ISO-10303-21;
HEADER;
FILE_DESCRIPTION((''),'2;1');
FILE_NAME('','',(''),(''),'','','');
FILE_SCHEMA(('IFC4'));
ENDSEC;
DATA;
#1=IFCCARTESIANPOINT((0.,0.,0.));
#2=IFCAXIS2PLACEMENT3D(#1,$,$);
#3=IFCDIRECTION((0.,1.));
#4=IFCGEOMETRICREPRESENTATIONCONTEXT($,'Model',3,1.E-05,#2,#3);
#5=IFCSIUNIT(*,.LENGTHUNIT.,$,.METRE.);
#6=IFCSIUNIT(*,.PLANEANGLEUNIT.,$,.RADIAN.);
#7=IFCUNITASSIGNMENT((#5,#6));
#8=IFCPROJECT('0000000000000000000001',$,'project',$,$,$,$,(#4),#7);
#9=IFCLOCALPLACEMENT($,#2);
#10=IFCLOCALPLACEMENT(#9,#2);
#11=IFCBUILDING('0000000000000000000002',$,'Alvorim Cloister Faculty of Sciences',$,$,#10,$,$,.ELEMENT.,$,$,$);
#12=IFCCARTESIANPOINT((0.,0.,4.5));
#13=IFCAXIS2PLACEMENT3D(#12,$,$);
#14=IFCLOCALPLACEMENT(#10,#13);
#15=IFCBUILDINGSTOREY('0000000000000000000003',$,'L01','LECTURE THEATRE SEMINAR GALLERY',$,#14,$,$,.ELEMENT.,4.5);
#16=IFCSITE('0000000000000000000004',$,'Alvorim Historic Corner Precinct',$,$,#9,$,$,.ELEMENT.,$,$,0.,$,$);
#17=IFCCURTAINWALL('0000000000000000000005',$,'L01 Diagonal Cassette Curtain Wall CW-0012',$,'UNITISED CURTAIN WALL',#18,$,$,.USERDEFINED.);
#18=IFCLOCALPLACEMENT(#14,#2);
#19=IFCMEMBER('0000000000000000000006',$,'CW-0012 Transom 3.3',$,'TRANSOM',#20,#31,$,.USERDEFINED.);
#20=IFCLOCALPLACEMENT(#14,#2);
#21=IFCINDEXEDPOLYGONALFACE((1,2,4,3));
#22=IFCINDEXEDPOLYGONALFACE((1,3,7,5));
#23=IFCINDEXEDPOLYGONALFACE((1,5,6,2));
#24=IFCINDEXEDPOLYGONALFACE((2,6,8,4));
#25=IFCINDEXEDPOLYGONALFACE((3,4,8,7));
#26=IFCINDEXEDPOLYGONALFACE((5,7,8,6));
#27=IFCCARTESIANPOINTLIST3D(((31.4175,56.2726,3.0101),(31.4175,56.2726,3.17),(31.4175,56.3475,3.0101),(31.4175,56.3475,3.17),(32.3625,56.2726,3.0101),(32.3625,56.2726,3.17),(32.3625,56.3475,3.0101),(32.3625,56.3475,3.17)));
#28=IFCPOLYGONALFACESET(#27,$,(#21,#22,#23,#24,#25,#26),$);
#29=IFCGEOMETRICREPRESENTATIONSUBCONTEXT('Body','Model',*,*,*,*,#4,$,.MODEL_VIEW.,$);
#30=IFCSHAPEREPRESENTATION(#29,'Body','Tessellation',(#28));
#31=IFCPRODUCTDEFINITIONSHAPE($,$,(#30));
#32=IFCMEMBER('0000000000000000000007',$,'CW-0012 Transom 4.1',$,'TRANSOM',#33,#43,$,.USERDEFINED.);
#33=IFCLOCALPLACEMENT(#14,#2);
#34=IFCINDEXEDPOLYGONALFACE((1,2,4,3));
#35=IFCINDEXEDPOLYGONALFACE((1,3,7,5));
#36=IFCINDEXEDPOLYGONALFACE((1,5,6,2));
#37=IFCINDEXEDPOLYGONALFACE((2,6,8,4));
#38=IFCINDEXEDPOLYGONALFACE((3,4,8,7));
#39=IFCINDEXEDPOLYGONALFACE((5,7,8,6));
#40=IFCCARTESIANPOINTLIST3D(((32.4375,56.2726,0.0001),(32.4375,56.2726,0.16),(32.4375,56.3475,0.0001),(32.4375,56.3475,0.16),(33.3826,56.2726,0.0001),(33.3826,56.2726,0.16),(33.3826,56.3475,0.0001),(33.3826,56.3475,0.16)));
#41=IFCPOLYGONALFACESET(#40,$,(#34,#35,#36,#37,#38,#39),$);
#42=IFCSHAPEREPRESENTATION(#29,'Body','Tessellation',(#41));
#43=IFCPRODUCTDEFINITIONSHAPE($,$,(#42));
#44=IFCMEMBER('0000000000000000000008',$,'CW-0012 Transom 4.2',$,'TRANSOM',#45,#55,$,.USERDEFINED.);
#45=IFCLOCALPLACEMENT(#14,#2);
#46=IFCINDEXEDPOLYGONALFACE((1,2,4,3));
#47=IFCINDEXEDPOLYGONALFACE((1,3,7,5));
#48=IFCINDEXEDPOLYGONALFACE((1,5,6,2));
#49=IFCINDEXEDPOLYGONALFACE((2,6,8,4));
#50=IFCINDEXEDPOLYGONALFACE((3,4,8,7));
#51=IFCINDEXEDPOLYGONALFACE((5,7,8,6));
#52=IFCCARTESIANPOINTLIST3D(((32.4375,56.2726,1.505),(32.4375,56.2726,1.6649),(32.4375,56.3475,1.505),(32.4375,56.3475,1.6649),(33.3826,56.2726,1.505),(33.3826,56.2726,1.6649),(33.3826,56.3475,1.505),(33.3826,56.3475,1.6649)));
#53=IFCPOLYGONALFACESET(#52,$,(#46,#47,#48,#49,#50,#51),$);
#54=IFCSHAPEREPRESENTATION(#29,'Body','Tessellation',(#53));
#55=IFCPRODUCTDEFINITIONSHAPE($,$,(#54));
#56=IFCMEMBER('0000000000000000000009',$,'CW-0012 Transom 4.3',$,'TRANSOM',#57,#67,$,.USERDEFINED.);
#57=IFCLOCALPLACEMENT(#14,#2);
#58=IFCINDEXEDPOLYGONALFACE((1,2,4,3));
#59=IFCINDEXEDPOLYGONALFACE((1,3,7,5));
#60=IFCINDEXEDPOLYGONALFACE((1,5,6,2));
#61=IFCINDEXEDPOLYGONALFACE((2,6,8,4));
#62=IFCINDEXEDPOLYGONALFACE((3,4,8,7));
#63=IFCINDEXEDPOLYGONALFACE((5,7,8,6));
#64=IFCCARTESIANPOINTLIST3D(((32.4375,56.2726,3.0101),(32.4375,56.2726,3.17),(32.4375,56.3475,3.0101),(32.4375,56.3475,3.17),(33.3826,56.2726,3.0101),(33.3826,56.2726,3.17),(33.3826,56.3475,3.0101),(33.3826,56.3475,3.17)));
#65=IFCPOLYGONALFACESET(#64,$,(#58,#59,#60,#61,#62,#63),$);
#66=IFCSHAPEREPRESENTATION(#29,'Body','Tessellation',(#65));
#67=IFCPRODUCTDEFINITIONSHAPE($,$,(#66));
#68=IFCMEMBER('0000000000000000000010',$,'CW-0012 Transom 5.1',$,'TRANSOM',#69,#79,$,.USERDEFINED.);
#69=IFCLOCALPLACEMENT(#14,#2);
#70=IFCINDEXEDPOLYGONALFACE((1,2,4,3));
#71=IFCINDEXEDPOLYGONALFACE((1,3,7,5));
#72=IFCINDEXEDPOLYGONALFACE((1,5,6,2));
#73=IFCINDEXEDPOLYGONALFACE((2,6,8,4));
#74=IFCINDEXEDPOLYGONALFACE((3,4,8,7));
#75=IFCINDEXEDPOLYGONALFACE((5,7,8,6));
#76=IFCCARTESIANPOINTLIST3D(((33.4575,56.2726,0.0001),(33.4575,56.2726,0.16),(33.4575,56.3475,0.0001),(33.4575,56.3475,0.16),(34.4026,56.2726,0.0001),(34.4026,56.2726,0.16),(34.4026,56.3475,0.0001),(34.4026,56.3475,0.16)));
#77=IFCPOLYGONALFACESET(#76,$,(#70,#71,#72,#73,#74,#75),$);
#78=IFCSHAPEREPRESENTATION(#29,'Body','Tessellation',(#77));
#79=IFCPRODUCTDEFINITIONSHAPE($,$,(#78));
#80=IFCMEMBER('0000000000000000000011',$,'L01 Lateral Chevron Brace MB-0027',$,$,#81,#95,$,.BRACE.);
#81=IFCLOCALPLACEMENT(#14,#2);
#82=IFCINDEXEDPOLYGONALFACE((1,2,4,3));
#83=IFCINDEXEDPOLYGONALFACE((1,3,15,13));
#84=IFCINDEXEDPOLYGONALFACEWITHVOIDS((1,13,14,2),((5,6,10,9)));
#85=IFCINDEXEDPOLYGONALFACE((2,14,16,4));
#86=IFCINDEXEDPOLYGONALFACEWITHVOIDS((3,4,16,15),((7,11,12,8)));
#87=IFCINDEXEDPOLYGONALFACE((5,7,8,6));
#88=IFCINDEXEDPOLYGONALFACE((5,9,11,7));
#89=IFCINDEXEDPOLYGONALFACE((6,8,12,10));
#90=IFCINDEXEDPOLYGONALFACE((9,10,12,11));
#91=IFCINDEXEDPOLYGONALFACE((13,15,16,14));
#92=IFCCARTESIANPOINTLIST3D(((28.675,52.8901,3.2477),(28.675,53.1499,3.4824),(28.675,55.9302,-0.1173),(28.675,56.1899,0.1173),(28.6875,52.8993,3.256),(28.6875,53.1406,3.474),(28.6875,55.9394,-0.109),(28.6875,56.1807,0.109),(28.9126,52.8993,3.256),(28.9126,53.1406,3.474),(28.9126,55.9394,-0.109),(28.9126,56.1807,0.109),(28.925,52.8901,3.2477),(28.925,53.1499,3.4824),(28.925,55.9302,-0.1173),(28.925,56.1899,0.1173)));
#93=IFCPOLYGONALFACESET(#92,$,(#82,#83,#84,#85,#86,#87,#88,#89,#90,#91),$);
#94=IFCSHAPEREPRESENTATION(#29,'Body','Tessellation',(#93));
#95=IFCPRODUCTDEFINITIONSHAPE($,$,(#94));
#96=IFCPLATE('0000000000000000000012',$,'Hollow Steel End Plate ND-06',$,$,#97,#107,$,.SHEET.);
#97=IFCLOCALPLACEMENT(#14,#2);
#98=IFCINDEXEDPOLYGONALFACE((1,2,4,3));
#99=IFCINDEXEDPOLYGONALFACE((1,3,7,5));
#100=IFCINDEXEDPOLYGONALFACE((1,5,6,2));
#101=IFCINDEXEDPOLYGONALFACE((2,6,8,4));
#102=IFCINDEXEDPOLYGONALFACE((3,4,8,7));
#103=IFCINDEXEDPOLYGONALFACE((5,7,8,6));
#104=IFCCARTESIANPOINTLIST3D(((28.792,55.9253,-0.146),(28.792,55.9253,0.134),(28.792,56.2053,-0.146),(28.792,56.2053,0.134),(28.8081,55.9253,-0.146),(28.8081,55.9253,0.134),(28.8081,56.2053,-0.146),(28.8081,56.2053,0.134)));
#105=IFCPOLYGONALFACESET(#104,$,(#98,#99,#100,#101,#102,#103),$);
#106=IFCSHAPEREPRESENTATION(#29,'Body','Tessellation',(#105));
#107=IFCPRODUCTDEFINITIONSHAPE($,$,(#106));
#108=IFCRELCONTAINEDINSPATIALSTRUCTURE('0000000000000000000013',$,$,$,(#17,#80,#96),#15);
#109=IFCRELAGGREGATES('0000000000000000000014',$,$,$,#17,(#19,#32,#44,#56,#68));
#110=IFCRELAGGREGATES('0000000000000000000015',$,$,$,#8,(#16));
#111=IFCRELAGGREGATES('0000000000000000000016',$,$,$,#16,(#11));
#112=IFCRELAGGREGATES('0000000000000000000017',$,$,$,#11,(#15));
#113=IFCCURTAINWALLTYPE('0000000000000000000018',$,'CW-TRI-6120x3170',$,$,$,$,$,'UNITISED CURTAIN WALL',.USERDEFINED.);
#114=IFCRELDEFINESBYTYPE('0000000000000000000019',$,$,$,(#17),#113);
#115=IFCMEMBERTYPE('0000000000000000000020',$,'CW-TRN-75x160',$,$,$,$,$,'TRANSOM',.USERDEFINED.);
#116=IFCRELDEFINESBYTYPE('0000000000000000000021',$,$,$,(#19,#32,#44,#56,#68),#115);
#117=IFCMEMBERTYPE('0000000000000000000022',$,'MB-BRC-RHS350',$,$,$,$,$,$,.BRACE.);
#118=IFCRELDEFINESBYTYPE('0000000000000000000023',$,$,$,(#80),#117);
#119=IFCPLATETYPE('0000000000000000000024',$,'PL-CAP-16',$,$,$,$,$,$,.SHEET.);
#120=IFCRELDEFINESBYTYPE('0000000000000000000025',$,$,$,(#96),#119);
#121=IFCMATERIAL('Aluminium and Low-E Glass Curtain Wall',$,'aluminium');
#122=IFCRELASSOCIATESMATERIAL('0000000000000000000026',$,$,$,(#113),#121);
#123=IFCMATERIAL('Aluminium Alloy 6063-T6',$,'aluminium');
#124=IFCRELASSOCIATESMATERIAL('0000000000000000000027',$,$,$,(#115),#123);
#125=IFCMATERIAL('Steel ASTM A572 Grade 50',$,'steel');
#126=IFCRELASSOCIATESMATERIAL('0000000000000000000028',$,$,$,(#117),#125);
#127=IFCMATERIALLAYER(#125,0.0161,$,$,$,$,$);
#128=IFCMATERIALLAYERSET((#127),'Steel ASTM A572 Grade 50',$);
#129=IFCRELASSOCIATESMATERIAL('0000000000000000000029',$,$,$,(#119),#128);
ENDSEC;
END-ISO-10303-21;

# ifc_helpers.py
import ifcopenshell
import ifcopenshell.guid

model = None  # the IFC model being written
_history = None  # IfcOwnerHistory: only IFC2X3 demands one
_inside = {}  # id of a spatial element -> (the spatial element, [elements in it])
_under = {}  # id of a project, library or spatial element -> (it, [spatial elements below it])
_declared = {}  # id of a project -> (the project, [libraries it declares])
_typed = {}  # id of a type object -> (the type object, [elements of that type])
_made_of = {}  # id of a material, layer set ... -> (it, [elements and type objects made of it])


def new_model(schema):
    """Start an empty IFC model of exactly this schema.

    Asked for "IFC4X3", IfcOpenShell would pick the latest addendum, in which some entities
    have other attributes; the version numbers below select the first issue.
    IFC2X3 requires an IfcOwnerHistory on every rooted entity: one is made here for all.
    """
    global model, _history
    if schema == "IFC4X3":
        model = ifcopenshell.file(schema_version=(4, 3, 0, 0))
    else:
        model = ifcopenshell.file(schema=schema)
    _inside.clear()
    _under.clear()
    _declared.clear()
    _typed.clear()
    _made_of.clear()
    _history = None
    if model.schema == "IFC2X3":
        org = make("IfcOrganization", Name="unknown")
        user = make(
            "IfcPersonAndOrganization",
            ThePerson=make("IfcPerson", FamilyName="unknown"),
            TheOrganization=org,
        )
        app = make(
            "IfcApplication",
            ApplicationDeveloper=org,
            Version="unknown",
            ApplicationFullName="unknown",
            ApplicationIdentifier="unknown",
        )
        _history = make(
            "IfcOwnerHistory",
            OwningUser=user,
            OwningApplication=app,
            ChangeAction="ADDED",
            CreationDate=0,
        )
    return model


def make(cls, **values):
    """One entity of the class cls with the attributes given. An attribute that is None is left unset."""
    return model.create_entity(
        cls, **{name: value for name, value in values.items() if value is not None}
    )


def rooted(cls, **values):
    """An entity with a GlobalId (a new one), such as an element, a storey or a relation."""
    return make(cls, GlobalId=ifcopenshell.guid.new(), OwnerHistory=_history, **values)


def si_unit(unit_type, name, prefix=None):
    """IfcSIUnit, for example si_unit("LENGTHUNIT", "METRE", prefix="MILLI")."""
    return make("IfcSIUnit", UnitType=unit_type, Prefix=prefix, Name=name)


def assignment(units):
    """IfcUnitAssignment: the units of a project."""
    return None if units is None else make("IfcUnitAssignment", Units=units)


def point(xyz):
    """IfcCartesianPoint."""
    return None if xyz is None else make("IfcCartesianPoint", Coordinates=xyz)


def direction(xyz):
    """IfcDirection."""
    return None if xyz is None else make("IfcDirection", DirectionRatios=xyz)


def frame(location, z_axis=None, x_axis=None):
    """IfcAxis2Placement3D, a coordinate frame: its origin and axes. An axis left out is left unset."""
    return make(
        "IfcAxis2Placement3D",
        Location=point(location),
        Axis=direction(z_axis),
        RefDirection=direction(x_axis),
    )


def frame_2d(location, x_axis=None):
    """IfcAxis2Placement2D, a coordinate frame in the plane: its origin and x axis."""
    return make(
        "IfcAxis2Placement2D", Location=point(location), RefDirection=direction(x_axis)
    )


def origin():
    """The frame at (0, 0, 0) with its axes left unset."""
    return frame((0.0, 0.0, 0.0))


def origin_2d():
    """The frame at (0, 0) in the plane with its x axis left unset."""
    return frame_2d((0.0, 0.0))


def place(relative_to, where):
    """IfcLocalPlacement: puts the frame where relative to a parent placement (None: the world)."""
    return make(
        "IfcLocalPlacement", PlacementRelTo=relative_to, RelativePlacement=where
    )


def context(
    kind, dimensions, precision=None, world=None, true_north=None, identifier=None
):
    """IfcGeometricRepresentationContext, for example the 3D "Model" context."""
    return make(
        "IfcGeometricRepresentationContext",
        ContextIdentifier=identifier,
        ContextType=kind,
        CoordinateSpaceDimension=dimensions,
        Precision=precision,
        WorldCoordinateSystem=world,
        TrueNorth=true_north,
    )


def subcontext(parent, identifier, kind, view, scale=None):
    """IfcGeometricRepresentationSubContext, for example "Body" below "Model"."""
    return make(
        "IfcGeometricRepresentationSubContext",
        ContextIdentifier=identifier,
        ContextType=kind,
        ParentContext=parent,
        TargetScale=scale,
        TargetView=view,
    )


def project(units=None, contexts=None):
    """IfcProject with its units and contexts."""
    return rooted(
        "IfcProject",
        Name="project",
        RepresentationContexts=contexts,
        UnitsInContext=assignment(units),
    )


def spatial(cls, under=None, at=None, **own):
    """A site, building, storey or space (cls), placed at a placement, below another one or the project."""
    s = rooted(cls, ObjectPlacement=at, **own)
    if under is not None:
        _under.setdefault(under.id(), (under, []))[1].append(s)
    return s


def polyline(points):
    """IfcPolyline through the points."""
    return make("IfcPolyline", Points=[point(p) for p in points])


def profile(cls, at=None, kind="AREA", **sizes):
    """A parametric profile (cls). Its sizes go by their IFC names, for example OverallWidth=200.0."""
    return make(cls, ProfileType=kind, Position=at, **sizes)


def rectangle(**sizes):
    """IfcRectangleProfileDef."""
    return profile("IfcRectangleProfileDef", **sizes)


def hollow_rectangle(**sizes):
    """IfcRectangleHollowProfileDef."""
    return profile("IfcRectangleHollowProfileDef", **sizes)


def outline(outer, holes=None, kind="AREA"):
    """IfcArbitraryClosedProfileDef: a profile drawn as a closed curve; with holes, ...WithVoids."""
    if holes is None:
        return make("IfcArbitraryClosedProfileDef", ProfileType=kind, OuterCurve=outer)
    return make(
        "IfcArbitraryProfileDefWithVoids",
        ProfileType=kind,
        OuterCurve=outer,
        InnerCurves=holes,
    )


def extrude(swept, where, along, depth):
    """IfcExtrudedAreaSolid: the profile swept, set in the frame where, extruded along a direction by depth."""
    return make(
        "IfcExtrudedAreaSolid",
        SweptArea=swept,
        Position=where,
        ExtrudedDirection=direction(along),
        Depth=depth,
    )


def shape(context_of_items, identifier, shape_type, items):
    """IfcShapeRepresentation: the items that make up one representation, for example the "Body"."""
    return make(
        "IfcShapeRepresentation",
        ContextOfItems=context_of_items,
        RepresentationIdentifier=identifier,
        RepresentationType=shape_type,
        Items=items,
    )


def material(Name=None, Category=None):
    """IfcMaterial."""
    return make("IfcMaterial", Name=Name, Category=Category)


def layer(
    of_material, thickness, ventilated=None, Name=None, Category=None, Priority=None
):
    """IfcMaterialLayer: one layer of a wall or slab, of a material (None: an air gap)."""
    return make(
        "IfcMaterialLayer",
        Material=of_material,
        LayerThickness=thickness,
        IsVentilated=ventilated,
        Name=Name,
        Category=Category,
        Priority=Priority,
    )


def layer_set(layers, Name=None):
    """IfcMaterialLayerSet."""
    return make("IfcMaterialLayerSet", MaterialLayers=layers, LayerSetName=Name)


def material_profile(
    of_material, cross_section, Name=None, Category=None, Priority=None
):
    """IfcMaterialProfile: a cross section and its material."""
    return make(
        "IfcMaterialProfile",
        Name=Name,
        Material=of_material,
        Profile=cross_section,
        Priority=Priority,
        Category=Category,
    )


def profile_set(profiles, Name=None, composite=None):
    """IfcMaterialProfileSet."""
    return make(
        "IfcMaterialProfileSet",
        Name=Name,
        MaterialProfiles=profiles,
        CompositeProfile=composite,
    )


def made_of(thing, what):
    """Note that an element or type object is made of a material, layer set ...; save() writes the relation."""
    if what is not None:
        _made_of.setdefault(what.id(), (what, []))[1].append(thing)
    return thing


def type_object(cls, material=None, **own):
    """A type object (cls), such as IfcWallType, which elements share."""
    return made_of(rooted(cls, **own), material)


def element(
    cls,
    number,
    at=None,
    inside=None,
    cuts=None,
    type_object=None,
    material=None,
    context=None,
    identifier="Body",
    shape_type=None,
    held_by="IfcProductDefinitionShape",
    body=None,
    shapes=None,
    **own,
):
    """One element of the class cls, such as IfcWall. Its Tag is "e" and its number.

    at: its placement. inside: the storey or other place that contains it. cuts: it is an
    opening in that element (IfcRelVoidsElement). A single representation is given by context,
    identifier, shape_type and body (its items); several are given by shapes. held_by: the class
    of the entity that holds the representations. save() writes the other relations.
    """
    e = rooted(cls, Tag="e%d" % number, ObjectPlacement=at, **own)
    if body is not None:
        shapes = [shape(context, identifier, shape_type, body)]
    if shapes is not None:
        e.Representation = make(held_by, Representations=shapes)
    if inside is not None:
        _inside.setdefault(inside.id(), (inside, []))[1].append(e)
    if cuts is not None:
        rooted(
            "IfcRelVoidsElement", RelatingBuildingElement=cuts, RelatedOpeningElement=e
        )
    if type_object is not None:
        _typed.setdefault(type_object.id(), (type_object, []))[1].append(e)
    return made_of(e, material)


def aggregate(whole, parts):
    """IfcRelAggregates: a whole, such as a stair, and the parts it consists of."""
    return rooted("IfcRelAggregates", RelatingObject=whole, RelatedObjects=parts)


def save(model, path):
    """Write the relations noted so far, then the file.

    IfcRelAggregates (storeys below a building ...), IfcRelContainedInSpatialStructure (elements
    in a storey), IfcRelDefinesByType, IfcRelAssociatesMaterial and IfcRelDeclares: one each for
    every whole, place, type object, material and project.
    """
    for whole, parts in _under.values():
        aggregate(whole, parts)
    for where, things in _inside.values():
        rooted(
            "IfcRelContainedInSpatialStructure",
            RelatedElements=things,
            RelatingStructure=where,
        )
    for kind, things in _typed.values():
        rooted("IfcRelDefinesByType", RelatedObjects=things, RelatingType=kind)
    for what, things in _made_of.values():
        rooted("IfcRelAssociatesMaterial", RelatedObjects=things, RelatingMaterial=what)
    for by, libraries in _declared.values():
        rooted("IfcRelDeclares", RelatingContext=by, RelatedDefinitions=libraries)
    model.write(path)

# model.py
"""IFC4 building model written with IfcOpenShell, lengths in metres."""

from ifc_helpers import new_model, si_unit, direction, frame, origin, origin_2d, place, context, subcontext, project, spatial, polyline, rectangle, hollow_rectangle, outline, extrude, material, layer, layer_set, material_profile, profile_set, type_object, element, aggregate, save


model = new_model("IFC4")

# Units and contexts
model_context = context("Model", 3, precision=1e-05, world=origin(), true_north=direction((0.0, 1.0)))
body_context = subcontext(model_context, "Body", "Model", "MODEL_VIEW")
ifc_project = project(units=[si_unit("LENGTHUNIT", "METRE"), si_unit("PLANEANGLEUNIT", "RADIAN")], contexts=[model_context])

# Site, building, storey
site_placement = place(None, origin())
site = spatial("IfcSite", under=ifc_project, at=site_placement, Name="Alvorim Historic Corner Precinct", CompositionType="ELEMENT", RefElevation=0.0)
building_placement = place(site_placement, origin())
building = spatial("IfcBuilding", under=site, at=building_placement, Name="Alvorim Cloister Faculty of Sciences", CompositionType="ELEMENT")
storey_placement = place(building_placement, frame((0.0, 0.0, 4.5)))
storey = spatial("IfcBuildingStorey", under=building, at=storey_placement, Name="L01", Description="LECTURE THEATRE SEMINAR GALLERY", CompositionType="ELEMENT", Elevation=4.5)

# Curtain wall, members
ifc_material_1 = material(Name="Aluminium and Low-E Glass Curtain Wall", Category="aluminium")
curtain_wall_type = type_object("IfcCurtainWallType", Name="CW-TRI-6120x3170", ElementType="UNITISED CURTAIN WALL", PredefinedType="USERDEFINED", material=ifc_material_1)
curtain_wall_placement = place(storey_placement, origin())
curtain_wall = element("IfcCurtainWall", 1, at=curtain_wall_placement, inside=storey, type_object=curtain_wall_type, Name="L01 Diagonal Cassette Curtain Wall CW-0012", ObjectType="UNITISED CURTAIN WALL", PredefinedType="USERDEFINED")
ifc_material_2 = material(Name="Aluminium Alloy 6063-T6", Category="aluminium")
ifc_material_profile_1 = material_profile(ifc_material_2, rectangle(XDim=0.075, YDim=0.1599, at=origin_2d()), Name="ALU-TRN-75x160")
ifc_profile_set_1 = profile_set([ifc_material_profile_1], Name="Aluminium Alloy 6063-T6")
member_type_1 = type_object("IfcMemberType", Name="CW-TRN-75x160", ElementType="TRANSOM", PredefinedType="USERDEFINED", material=ifc_profile_set_1)
member_1_placement = place(storey_placement, frame((31.4175, 56.3101, 3.0901), z_axis=(1.0, 0.0, 0.0), x_axis=(0.0, 1.0, 0.0)))
member_1 = element("IfcMember", 2, at=member_1_placement, type_object=member_type_1, Name="CW-0012 Transom 3.3", ObjectType="TRANSOM", PredefinedType="USERDEFINED", context=body_context, shape_type="SweptSolid", body=[
    extrude(rectangle(XDim=0.075, YDim=0.1599, at=origin_2d()), origin(), (0.0, 0.0, 1.0), 0.9451),
])
member_2_placement = place(storey_placement, frame((32.4375, 56.3101, 0.0801), z_axis=(1.0, 0.0, 0.0), x_axis=(0.0, 1.0, 0.0)))
member_2 = element("IfcMember", 3, at=member_2_placement, type_object=member_type_1, Name="CW-0012 Transom 4.1", ObjectType="TRANSOM", PredefinedType="USERDEFINED", context=body_context, shape_type="SweptSolid", body=[
    extrude(rectangle(XDim=0.075, YDim=0.1599, at=origin_2d()), origin(), (0.0, 0.0, 1.0), 0.9451),
])
member_3_placement = place(storey_placement, frame((32.4375, 56.3101, 1.585), z_axis=(1.0, 0.0, 0.0), x_axis=(0.0, 1.0, 0.0)))
member_3 = element("IfcMember", 4, at=member_3_placement, type_object=member_type_1, Name="CW-0012 Transom 4.2", ObjectType="TRANSOM", PredefinedType="USERDEFINED", context=body_context, shape_type="SweptSolid", body=[
    extrude(rectangle(XDim=0.075, YDim=0.1599, at=origin_2d()), origin(), (0.0, 0.0, 1.0), 0.9451),
])
member_4_placement = place(storey_placement, frame((32.4375, 56.3101, 3.0901), z_axis=(1.0, 0.0, 0.0), x_axis=(0.0, 1.0, 0.0)))
member_4 = element("IfcMember", 5, at=member_4_placement, type_object=member_type_1, Name="CW-0012 Transom 4.3", ObjectType="TRANSOM", PredefinedType="USERDEFINED", context=body_context, shape_type="SweptSolid", body=[
    extrude(rectangle(XDim=0.075, YDim=0.1599, at=origin_2d()), origin(), (0.0, 0.0, 1.0), 0.9451),
])
member_5_placement = place(storey_placement, frame((33.4575, 56.3101, 0.0801), z_axis=(1.0, 0.0, 0.0), x_axis=(0.0, 1.0, 0.0)))
member_5 = element("IfcMember", 6, at=member_5_placement, type_object=member_type_1, Name="CW-0012 Transom 5.1", ObjectType="TRANSOM", PredefinedType="USERDEFINED", context=body_context, shape_type="SweptSolid", body=[
    extrude(rectangle(XDim=0.075, YDim=0.1599, at=origin_2d()), origin(), (0.0, 0.0, 1.0), 0.9451),
])
aggregate(curtain_wall, [member_1, member_2, member_3, member_4, member_5])

# Member
ifc_material_3 = material(Name="Steel ASTM A572 Grade 50", Category="steel")
ifc_material_profile_2 = material_profile(ifc_material_3, hollow_rectangle(XDim=0.25, YDim=0.3501, WallThickness=0.0125, at=origin_2d()), Name="RHS350x250x12.5")
ifc_profile_set_2 = profile_set([ifc_material_profile_2], Name="Steel ASTM A572 Grade 50")
member_type_2 = type_object("IfcMemberType", Name="MB-BRC-RHS350", PredefinedType="BRACE", material=ifc_profile_set_2)
member_6_placement = place(storey_placement, frame((28.8, 56.0601, 0.0), z_axis=(0.0, -0.67037, 0.742027), x_axis=(1.0, 0.0, 0.0)))
element("IfcMember", 7, at=member_6_placement, inside=storey, type_object=member_type_2, Name="L01 Lateral Chevron Brace MB-0027", PredefinedType="BRACE", context=body_context, shape_type="SweptSolid", body=[
    extrude(hollow_rectangle(XDim=0.25, YDim=0.3501, WallThickness=0.0125, at=origin_2d()), origin(), (0.0, 0.0, 1.0), 4.5349),
])

# Plate
ifc_layer = layer(ifc_material_3, 0.0161)
ifc_layer_set = layer_set([ifc_layer], Name="Steel ASTM A572 Grade 50")
plate_type = type_object("IfcPlateType", Name="PL-CAP-16", PredefinedType="SHEET", material=ifc_layer_set)
plate_placement = place(storey_placement, frame((28.8, 56.2053, -0.146), z_axis=(0.0, 0.0, 1.0), x_axis=(0.0, -1.0, 0.0)))
element("IfcPlate", 8, at=plate_placement, inside=storey, type_object=plate_type, Name="Hollow Steel End Plate ND-06", PredefinedType="SHEET", context=body_context, shape_type="SweptSolid", body=[
    extrude(outline(polyline([(0.0, 0.0), (0.28, 0.0), (0.28, 0.28), (0.0, 0.28), (0.0, 0.0)])), frame((0.0, 0.0081, 0.0), z_axis=(0.0, -1.0, 0.0), x_axis=(1.0, 0.0, 0.0)), (0.0, 0.0, 1.0), 0.0161),
])

save(model, "model.ifc")
